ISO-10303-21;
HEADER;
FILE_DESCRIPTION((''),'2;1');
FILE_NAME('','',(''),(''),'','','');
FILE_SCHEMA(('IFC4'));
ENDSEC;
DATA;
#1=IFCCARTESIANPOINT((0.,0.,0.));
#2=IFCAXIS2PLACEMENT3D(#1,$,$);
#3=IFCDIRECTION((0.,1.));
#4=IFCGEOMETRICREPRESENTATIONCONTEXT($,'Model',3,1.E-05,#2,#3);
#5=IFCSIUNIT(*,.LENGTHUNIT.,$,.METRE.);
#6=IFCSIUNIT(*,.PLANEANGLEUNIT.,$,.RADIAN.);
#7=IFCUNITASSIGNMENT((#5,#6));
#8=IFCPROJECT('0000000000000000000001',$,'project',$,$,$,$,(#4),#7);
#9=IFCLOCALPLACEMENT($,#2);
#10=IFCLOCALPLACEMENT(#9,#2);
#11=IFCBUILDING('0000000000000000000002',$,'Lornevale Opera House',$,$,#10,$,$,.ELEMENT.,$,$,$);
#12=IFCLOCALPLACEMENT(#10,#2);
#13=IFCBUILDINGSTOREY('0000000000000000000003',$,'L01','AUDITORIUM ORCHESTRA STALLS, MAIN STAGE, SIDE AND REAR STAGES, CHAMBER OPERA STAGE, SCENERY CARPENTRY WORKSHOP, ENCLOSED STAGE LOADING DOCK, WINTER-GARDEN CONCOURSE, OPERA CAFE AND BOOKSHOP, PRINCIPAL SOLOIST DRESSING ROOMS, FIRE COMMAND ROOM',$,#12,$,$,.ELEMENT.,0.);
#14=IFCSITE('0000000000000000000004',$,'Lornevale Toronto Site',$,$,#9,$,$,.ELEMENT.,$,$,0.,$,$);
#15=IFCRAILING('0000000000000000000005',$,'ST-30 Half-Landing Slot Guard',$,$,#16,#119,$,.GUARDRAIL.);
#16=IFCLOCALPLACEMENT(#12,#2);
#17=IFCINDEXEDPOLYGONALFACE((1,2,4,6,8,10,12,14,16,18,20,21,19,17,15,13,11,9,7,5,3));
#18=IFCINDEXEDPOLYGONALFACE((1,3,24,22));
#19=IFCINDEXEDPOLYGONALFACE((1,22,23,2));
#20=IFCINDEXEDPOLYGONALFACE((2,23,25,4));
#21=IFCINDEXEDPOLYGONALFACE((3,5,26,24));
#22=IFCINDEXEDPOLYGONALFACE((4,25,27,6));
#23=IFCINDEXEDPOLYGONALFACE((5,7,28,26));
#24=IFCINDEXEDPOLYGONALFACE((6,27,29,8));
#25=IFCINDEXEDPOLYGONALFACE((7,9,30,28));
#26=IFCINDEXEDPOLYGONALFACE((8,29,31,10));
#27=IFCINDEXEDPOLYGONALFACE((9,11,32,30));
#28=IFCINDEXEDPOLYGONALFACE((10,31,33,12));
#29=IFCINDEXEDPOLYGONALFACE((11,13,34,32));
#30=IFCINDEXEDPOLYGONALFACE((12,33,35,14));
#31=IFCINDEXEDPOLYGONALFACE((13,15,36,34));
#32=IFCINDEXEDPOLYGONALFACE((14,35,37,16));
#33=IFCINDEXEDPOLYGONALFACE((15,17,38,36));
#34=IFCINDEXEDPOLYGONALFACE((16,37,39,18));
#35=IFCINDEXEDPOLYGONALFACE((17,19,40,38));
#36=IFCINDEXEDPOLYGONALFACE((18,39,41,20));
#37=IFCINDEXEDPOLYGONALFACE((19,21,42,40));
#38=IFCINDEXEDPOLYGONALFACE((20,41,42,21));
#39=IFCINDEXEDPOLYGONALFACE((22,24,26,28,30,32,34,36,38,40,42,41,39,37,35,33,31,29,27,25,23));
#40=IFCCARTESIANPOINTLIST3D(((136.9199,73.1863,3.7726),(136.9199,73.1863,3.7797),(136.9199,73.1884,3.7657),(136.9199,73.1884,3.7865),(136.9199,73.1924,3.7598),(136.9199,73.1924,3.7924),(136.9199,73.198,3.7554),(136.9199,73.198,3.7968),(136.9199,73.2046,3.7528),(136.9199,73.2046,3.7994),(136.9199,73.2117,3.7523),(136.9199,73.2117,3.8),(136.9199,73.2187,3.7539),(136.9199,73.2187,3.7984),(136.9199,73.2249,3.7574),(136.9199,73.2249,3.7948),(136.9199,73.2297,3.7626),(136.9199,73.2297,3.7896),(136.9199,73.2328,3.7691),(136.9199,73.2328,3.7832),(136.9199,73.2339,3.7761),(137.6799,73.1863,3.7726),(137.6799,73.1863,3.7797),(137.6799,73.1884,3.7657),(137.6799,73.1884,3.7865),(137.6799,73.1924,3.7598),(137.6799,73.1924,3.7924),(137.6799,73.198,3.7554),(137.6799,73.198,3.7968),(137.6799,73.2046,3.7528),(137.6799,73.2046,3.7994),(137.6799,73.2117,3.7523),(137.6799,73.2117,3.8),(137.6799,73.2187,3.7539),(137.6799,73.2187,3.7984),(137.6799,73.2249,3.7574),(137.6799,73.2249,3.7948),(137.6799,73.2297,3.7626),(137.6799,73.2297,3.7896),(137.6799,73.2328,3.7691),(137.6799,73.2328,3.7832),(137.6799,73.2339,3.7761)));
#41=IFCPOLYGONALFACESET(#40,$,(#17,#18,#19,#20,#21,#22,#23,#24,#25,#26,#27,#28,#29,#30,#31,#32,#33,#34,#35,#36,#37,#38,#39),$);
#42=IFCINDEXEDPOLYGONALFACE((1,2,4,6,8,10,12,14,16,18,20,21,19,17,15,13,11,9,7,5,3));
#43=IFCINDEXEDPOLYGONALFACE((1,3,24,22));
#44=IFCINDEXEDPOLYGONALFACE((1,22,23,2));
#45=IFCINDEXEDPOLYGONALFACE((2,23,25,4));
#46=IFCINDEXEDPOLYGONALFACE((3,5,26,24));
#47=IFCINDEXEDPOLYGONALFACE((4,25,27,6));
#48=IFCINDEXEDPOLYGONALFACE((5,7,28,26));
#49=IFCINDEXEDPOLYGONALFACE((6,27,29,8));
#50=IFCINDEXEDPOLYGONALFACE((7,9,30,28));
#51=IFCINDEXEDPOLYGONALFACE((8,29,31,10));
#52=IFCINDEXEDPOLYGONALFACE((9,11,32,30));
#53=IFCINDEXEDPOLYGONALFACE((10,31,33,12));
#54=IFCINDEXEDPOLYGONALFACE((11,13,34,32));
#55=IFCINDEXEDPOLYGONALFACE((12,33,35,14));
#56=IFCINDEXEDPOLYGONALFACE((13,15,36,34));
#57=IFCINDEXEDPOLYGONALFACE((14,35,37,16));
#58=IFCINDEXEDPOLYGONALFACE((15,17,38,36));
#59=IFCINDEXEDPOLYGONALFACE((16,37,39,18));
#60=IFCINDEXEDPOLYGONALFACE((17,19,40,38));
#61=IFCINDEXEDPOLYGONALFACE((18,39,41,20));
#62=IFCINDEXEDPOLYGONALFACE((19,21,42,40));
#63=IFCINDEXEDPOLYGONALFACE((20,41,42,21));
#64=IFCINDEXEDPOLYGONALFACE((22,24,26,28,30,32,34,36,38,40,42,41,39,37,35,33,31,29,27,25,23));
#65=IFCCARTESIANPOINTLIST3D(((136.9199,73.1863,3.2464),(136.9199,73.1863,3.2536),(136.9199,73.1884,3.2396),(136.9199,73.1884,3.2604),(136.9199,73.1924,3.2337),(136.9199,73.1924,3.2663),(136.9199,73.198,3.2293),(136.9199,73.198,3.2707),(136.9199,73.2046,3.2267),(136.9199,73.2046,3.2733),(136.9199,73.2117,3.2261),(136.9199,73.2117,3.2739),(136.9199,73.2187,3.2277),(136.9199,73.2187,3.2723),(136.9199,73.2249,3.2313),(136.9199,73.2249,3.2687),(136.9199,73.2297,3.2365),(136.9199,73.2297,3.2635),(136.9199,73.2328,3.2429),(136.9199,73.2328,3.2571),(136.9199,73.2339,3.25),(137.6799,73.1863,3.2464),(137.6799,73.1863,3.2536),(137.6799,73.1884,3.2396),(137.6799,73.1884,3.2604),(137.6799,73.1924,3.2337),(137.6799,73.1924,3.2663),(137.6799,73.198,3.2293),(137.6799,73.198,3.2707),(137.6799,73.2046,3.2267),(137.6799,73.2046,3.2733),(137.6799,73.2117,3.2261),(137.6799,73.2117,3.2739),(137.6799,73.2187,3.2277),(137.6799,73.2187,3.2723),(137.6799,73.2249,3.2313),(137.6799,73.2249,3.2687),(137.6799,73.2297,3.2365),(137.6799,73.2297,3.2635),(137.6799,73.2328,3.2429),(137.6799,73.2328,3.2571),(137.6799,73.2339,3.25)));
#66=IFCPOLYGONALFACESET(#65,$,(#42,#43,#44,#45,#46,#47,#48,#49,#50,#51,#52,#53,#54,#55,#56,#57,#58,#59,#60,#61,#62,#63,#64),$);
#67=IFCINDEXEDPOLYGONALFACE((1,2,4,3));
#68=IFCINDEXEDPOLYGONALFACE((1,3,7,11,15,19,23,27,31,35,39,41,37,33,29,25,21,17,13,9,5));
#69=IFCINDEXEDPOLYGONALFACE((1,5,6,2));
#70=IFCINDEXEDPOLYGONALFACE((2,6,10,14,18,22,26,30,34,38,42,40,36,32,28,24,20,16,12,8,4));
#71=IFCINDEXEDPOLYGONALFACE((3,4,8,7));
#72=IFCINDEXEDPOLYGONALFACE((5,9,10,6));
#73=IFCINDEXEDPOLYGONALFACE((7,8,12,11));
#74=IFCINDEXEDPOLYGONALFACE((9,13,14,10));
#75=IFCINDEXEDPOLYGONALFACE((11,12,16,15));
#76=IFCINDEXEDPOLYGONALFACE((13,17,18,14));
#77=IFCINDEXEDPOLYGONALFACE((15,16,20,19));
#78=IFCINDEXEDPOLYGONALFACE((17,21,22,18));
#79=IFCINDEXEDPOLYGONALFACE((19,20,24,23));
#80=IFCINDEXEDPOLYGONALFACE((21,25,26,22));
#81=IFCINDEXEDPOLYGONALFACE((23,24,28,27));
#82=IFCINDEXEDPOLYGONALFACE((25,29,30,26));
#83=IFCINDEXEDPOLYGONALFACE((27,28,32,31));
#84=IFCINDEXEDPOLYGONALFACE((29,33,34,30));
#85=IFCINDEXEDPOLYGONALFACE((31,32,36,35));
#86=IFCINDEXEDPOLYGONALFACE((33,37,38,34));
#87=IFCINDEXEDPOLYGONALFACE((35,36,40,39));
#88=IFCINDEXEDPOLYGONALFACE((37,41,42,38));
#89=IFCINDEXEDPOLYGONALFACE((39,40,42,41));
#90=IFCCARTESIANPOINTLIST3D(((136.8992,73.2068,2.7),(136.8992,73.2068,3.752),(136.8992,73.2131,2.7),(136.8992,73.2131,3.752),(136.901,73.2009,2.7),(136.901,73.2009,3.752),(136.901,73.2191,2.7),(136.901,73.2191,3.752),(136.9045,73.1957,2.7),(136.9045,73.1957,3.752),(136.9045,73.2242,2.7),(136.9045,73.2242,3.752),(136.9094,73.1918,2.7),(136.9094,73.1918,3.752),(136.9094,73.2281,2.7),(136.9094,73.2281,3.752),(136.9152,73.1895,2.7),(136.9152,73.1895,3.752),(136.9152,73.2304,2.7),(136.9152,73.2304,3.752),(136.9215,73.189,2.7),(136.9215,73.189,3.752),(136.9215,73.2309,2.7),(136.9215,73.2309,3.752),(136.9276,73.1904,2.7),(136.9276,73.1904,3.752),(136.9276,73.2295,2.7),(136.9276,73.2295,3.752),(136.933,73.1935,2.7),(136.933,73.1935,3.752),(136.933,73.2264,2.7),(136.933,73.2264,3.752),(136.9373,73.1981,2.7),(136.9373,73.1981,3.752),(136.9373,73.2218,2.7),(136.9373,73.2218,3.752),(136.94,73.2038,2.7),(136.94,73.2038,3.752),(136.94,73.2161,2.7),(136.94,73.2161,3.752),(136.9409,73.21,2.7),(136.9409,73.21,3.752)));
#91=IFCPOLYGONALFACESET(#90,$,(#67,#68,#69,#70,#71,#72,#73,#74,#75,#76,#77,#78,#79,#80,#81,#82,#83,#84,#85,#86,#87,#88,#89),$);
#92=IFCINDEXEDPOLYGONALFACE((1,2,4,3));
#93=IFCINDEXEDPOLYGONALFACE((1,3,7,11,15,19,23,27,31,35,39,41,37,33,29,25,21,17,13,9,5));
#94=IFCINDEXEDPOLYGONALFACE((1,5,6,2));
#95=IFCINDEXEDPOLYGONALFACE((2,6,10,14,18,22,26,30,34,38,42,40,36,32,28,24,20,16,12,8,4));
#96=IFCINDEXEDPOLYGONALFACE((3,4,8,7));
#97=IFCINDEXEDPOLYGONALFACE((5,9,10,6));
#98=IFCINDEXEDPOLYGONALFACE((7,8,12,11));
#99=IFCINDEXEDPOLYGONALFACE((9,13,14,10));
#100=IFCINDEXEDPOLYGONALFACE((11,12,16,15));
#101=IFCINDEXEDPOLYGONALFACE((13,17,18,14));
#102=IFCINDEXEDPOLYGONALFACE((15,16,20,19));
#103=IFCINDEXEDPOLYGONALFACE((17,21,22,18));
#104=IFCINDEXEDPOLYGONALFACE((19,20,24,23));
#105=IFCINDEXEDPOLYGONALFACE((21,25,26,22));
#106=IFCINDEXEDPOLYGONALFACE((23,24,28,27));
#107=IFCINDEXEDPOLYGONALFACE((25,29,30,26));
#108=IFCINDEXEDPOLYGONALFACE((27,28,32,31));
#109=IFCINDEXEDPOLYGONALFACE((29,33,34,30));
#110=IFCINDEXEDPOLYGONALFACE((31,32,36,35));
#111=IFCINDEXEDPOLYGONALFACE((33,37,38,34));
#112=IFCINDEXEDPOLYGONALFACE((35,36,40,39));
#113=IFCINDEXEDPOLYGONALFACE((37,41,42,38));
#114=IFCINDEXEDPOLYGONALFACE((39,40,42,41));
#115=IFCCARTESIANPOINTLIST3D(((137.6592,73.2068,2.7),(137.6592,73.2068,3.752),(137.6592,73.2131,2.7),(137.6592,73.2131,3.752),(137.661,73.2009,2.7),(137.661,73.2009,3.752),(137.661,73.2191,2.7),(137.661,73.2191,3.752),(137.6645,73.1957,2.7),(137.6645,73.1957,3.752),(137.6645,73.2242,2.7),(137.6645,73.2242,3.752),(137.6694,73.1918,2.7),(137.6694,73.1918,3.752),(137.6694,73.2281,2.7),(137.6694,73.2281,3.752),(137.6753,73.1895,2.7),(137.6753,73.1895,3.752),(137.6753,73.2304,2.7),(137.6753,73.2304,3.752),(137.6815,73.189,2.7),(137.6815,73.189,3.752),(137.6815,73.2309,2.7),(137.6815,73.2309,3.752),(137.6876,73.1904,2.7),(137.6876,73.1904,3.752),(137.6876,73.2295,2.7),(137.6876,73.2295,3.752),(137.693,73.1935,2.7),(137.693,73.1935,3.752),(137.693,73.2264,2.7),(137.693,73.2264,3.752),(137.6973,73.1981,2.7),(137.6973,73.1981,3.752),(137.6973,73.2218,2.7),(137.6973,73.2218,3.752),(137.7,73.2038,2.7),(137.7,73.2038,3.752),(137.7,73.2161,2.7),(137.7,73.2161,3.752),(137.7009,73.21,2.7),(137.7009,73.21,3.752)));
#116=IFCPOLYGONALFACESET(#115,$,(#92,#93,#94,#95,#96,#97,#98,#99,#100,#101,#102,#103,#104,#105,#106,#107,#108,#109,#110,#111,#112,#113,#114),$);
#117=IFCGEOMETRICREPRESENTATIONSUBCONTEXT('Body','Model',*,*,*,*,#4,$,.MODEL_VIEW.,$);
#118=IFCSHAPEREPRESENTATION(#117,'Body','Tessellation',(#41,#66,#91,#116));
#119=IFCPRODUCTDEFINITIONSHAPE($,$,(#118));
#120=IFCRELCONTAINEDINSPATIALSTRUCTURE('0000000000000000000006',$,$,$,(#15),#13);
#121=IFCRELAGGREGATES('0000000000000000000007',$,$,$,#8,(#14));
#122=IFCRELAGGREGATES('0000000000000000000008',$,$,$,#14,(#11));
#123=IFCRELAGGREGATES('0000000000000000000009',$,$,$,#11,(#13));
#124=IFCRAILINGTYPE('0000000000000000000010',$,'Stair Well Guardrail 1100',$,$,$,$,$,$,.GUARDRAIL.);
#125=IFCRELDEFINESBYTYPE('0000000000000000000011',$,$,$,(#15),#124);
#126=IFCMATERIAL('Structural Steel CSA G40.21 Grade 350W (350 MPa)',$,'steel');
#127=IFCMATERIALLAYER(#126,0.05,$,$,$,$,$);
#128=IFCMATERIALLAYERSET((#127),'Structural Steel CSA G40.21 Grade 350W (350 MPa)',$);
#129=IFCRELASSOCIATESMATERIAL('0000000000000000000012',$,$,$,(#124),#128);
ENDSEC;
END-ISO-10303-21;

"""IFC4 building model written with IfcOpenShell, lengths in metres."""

from ifc_helpers import new_model, si_unit, direction, frame, origin, origin_2d, place, context, subcontext, project, spatial, circle, extrude, material, layer, layer_set, type_object, element, save


model = new_model("IFC4")

# Units and contexts
model_context = context("Model", 3, precision=1e-05, world=origin(), true_north=direction((0.0, 1.0)))
body_context = subcontext(model_context, "Body", "Model", "MODEL_VIEW")
ifc_project = project(units=[si_unit("LENGTHUNIT", "METRE"), si_unit("PLANEANGLEUNIT", "RADIAN")], contexts=[model_context])

# Site, building, storey
site_placement = place(None, origin())
site = spatial("IfcSite", under=ifc_project, at=site_placement, Name="Lornevale Toronto Site", CompositionType="ELEMENT", RefElevation=0.0)
building_placement = place(site_placement, origin())
building = spatial("IfcBuilding", under=site, at=building_placement, Name="Lornevale Opera House", CompositionType="ELEMENT")
storey_placement = place(building_placement, origin())
storey = spatial("IfcBuildingStorey", under=building, at=storey_placement, Name="L01", Description="AUDITORIUM ORCHESTRA STALLS, MAIN STAGE, SIDE AND REAR STAGES, CHAMBER OPERA STAGE, SCENERY CARPENTRY WORKSHOP, ENCLOSED STAGE LOADING DOCK, WINTER-GARDEN CONCOURSE, OPERA CAFE AND BOOKSHOP, PRINCIPAL SOLOIST DRESSING ROOMS, FIRE COMMAND ROOM", CompositionType="ELEMENT", Elevation=0.0)

# Shared definitions
ifc_material_1 = material(Name="Structural Steel CSA G40.21 Grade 350W (350 MPa)", Category="steel")

# Railing
ifc_layer_1 = layer(ifc_material_1, 0.05)
ifc_layer_set_1 = layer_set([ifc_layer_1], Name="Structural Steel CSA G40.21 Grade 350W (350 MPa)")
railing_type_1 = type_object("IfcRailingType", Name="Stair Well Guardrail 1100", PredefinedType="GUARDRAIL", material=ifc_layer_set_1)
railing_1_placement = place(storey_placement, frame((136.9199, 73.21, 2.7)))
element("IfcRailing", 1, at=railing_1_placement, inside=storey, type_object=railing_type_1, Name="ST-30 Half-Landing Slot Guard", PredefinedType="GUARDRAIL", context=body_context, shape_type="SweptSolid", body=[
    extrude(circle(Radius=0.0239, at=origin_2d()), frame((0.0, 0.0, 1.0762), z_axis=(1.0, 0.0, 0.0), x_axis=(0.0, 1.0, 0.0)), (0.0, 0.0, 1.0), 0.76),
    extrude(circle(Radius=0.0239, at=origin_2d()), frame((0.0, 0.0, 0.55), z_axis=(1.0, 0.0, 0.0), x_axis=(0.0, 1.0, 0.0)), (0.0, 0.0, 1.0), 0.76),
    extrude(circle(Radius=0.021, at=origin_2d()), origin(), (0.0, 0.0, 1.0), 1.052),
    extrude(circle(Radius=0.021, at=origin_2d()), frame((0.76, 0.0, 0.0)), (0.0, 0.0, 1.0), 1.052),
])

save(model, "model.ifc")
